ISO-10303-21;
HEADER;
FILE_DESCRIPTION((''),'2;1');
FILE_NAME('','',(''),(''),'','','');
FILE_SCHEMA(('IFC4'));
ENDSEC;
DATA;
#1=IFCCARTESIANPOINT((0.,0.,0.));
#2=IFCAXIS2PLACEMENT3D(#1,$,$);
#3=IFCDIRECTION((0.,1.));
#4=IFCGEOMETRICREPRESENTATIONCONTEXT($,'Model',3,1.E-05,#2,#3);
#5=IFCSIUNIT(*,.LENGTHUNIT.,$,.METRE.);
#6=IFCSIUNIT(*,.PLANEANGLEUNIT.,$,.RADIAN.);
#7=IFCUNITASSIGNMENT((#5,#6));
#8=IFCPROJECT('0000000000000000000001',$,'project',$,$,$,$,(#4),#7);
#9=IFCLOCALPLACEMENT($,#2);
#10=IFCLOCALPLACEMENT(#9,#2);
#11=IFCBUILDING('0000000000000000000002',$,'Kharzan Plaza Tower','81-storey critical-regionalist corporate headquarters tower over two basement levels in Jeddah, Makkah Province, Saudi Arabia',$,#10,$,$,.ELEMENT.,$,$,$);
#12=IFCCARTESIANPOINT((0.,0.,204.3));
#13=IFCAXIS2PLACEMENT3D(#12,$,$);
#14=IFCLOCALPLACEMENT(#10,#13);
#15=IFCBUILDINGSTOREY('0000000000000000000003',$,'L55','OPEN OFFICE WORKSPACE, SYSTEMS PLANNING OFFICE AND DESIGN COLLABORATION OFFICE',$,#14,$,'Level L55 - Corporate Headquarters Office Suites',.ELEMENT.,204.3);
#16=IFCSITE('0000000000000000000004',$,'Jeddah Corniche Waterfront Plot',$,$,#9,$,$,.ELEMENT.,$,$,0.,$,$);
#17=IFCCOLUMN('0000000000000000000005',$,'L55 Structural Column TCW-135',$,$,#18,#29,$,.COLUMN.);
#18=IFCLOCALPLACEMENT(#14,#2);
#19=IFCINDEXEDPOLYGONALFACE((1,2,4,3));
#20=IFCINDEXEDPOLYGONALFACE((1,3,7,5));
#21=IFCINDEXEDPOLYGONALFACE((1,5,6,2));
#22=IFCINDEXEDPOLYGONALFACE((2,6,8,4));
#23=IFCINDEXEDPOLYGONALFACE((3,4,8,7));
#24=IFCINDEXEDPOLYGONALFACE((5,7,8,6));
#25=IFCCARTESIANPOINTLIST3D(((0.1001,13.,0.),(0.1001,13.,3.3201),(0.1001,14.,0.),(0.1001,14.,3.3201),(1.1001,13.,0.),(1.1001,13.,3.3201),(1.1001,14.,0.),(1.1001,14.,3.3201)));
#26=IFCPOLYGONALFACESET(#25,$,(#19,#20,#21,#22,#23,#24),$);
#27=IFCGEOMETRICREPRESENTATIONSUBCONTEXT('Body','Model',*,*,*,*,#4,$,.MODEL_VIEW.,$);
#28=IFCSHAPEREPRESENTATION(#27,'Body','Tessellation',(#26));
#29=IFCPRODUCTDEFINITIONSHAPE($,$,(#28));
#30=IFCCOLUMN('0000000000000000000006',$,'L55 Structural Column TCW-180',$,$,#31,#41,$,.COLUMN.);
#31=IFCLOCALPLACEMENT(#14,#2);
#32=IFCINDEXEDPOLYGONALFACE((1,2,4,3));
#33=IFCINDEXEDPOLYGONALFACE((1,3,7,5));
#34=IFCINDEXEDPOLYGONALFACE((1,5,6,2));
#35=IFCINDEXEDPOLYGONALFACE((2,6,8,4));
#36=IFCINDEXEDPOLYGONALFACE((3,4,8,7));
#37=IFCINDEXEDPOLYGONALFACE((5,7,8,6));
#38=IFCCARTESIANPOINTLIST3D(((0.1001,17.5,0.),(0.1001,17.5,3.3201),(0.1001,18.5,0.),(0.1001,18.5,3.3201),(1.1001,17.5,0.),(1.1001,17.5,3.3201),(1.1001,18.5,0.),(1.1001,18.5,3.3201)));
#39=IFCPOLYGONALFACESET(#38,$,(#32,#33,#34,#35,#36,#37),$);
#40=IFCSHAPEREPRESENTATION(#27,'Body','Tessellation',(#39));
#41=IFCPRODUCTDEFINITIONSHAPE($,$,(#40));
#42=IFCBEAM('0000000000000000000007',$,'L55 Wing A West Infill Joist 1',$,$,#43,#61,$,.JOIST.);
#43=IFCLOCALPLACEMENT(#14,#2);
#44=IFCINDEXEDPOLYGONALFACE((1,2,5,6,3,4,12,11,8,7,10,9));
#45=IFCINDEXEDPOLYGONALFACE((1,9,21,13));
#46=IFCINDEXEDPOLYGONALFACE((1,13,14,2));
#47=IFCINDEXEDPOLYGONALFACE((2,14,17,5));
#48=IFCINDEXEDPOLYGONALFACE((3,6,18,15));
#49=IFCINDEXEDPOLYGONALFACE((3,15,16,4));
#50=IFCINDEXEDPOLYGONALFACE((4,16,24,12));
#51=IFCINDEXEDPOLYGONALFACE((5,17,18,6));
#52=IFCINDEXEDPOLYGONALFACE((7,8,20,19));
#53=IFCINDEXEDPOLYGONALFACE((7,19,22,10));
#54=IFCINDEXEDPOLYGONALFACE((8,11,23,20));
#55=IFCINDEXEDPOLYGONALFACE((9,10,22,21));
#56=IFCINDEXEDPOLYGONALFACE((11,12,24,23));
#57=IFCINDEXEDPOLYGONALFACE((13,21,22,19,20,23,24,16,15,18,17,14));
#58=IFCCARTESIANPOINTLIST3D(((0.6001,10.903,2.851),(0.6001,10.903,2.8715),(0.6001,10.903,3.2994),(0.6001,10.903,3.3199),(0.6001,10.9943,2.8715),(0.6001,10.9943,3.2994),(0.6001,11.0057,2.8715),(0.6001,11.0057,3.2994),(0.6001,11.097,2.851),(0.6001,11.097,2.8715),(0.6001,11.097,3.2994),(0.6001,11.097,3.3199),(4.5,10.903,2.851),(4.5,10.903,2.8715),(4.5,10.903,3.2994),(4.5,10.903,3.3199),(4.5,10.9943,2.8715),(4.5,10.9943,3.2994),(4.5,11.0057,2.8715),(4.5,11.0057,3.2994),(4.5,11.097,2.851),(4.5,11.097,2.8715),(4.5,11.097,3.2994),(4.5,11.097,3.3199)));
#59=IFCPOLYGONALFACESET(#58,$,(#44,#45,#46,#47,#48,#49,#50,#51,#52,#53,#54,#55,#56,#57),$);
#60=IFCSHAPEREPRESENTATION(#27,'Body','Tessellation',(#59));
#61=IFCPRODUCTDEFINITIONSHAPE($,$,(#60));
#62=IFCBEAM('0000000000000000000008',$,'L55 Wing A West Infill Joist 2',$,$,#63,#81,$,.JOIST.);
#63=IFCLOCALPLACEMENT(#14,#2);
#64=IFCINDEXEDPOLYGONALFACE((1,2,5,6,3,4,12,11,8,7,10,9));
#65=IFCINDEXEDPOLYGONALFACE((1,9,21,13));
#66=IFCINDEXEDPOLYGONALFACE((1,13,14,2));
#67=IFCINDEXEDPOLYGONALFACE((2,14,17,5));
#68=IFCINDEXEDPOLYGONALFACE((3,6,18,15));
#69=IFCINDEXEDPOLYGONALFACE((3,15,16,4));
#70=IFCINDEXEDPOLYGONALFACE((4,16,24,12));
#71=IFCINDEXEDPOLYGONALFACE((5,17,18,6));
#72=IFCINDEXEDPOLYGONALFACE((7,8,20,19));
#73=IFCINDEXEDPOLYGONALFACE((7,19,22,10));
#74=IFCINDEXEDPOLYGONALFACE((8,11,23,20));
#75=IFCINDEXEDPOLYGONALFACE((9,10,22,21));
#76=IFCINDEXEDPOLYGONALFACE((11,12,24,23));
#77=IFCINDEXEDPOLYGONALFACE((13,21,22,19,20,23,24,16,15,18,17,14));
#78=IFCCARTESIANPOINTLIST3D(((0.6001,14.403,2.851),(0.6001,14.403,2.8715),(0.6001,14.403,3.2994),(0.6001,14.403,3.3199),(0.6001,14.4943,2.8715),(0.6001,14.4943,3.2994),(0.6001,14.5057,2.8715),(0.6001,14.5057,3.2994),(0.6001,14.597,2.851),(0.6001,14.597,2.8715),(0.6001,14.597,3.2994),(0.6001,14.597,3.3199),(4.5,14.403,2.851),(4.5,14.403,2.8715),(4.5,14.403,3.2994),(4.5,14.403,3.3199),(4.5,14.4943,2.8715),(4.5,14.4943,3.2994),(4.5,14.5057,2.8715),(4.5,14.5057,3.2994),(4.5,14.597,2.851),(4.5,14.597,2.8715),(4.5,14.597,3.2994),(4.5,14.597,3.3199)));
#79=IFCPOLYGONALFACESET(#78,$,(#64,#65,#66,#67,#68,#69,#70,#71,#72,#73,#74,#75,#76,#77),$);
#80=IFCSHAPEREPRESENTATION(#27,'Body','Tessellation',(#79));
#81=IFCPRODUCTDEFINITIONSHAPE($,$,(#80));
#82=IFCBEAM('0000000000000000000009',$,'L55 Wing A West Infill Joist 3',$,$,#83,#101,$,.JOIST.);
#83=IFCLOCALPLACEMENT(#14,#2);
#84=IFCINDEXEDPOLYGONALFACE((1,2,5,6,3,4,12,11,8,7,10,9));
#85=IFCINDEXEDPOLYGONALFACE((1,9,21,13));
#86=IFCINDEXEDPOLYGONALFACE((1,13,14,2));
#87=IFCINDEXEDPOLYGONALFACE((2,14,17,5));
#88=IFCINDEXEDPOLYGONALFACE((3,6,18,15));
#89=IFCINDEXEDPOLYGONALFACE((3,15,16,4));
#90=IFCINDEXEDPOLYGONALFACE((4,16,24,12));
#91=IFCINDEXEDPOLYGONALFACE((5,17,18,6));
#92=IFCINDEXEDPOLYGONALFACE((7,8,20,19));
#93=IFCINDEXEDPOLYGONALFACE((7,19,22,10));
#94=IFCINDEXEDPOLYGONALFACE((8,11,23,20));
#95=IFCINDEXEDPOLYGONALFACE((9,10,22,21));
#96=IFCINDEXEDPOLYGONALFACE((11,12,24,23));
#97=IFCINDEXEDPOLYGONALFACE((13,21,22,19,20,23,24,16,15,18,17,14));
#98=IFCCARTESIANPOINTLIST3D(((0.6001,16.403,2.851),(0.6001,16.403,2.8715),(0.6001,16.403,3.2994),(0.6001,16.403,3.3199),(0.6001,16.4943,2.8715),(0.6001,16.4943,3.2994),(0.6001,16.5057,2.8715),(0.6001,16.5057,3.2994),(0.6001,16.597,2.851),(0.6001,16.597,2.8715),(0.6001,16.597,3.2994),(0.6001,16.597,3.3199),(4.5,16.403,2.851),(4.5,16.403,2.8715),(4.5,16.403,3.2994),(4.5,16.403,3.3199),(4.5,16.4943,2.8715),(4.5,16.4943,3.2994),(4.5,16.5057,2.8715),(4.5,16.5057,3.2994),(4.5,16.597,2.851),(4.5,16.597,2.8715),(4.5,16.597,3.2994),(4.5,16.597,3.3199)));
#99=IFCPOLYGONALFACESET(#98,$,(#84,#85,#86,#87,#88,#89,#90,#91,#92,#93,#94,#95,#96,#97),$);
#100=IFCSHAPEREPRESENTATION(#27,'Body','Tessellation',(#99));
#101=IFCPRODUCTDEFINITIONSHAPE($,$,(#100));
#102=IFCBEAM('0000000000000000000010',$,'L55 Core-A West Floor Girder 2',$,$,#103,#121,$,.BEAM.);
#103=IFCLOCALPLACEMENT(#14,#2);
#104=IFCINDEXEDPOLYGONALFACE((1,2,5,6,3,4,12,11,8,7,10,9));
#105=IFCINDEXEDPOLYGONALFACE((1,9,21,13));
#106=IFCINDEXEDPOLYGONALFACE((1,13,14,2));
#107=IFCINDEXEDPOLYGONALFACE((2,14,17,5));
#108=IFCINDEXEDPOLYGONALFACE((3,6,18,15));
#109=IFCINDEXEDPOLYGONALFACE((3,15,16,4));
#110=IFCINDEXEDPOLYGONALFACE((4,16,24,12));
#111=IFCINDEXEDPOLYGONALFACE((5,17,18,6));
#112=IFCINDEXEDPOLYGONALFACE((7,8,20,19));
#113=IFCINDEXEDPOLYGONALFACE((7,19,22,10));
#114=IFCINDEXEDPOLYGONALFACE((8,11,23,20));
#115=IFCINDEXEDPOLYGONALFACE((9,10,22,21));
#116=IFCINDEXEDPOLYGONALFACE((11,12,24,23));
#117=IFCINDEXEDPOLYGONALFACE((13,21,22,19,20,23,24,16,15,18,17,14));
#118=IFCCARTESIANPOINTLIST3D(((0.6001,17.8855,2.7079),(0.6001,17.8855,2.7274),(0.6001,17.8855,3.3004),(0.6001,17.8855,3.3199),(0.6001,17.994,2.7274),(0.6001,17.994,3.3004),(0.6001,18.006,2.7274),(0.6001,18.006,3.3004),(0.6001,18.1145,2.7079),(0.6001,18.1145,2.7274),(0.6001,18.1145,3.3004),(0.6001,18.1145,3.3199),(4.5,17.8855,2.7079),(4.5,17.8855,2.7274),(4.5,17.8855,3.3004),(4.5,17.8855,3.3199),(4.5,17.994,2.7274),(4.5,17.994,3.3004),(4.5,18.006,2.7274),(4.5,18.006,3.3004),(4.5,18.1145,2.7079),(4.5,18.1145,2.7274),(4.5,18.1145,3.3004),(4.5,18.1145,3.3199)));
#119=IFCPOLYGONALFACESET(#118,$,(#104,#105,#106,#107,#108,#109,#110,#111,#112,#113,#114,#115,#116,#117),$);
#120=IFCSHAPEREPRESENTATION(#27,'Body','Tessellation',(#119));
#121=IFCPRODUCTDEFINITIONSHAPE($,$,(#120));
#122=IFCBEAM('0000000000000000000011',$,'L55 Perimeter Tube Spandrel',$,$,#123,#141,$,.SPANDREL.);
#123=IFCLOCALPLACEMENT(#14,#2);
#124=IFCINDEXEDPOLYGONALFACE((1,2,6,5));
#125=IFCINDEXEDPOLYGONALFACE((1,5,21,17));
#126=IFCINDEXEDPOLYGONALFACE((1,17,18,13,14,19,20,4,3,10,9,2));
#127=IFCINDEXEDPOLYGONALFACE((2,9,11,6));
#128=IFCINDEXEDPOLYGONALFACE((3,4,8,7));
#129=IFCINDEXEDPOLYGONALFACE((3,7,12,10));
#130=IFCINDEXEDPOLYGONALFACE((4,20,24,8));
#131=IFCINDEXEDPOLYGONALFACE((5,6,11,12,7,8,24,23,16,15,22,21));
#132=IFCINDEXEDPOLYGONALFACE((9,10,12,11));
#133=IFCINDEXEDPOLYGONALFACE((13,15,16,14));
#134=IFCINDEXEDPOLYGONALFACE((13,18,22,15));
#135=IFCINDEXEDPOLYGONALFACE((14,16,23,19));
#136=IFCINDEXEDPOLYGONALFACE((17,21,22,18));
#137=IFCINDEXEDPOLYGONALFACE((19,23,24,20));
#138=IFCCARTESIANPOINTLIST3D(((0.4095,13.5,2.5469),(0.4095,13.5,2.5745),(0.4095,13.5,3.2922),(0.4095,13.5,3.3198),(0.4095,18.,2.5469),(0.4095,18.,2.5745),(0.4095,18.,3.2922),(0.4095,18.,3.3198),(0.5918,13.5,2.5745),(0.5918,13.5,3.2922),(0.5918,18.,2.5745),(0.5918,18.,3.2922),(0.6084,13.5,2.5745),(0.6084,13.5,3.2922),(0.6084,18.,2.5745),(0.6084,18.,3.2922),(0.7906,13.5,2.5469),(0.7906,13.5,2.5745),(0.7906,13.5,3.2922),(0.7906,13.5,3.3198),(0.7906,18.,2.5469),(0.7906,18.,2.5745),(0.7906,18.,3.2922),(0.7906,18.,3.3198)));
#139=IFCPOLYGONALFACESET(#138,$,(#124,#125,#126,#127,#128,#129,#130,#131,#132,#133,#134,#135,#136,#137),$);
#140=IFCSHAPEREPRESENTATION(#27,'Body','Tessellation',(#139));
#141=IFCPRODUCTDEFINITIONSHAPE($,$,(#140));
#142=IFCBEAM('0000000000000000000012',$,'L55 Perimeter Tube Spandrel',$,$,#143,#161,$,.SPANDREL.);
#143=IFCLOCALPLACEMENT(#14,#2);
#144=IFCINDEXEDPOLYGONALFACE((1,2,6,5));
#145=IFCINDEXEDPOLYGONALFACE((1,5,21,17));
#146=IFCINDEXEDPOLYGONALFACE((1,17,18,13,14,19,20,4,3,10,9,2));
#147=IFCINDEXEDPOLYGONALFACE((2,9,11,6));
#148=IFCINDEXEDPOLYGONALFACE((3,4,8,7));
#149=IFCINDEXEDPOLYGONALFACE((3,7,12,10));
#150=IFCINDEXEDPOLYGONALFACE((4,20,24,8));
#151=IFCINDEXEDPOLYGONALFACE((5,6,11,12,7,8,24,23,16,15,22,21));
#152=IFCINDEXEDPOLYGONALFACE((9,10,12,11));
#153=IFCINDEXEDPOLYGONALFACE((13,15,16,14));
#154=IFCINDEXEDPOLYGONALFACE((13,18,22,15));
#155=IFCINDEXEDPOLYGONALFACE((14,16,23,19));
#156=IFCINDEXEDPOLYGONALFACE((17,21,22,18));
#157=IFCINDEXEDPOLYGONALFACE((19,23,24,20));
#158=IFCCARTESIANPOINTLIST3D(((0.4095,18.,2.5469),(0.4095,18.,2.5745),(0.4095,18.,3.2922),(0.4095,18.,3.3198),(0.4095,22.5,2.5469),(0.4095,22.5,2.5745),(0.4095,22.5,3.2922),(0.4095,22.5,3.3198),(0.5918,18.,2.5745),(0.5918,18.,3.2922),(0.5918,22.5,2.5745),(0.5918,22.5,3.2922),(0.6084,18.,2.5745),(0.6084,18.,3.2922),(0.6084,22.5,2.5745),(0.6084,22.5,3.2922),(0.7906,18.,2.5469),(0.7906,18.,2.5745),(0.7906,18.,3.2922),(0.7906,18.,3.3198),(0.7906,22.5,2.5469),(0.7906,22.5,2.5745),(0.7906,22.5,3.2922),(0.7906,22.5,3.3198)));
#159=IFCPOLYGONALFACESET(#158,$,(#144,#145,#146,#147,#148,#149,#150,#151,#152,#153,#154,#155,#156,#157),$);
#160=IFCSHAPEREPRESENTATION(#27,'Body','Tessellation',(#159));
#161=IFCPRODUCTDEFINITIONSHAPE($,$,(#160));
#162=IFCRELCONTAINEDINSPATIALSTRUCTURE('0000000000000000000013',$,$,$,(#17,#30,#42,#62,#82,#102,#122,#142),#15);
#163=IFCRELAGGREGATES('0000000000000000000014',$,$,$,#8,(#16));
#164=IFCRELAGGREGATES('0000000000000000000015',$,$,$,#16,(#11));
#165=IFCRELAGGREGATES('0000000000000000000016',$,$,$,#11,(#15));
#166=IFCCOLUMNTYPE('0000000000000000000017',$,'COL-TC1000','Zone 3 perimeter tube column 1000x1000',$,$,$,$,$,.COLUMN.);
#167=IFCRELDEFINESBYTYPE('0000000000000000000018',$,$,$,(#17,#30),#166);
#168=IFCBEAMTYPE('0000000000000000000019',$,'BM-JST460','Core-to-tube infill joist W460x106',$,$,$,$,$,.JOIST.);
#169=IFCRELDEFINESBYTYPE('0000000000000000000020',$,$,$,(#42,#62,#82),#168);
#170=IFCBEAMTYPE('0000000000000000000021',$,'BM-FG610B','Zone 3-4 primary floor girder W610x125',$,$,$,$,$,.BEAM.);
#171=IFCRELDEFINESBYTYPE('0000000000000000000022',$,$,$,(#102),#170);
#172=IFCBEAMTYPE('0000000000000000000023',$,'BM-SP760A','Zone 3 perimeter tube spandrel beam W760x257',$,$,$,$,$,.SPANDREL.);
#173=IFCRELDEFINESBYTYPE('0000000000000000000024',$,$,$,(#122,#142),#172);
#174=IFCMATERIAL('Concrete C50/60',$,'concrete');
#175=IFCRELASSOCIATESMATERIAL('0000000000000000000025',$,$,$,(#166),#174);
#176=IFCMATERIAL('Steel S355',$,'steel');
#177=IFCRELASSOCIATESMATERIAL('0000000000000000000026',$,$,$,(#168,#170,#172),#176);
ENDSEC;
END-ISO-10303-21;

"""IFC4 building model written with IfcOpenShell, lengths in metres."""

from ifc_helpers import new_model, si_unit, direction, frame, origin, origin_2d, place, context, subcontext, project, spatial, rectangle, i_section, extrude, source, transform, mapped, material, material_profile, profile_set, type_object, element, save


model = new_model("IFC4")

# Units and contexts
model_context = context("Model", 3, precision=1e-05, world=origin(), true_north=direction((0.0, 1.0)))
body_context = subcontext(model_context, "Body", "Model", "MODEL_VIEW")
ifc_project = project(units=[si_unit("LENGTHUNIT", "METRE"), si_unit("PLANEANGLEUNIT", "RADIAN")], contexts=[model_context])

# Site, building, storey
site_placement = place(None, origin())
site = spatial("IfcSite", under=ifc_project, at=site_placement, Name="Jeddah Corniche Waterfront Plot", CompositionType="ELEMENT", RefElevation=0.0)
building_placement = place(site_placement, origin())
building = spatial("IfcBuilding", under=site, at=building_placement, Name="Kharzan Plaza Tower", Description="81-storey critical-regionalist corporate headquarters tower over two basement levels in Jeddah, Makkah Province, Saudi Arabia", CompositionType="ELEMENT")
storey_placement = place(building_placement, frame((0.0, 0.0, 204.3)))
storey = spatial("IfcBuildingStorey", under=building, at=storey_placement, Name="L55", Description="OPEN OFFICE WORKSPACE, SYSTEMS PLANNING OFFICE AND DESIGN COLLABORATION OFFICE", LongName="Level L55 - Corporate Headquarters Office Suites", CompositionType="ELEMENT", Elevation=204.3)

# Columns
ifc_material_1 = material(Name="Concrete C50/60", Category="concrete")
ifc_material_profile_1 = material_profile(ifc_material_1, rectangle(XDim=1.0, YDim=1.0, at=origin_2d()), Name="RC-TC1000x1000")
ifc_profile_set_1 = profile_set([ifc_material_profile_1], Name="Concrete C50/60")
column_type = type_object("IfcColumnType", Name="COL-TC1000", Description="Zone 3 perimeter tube column 1000x1000", PredefinedType="COLUMN", material=ifc_profile_set_1)
shared_shape_1 = source(origin(), body_context, "Body", "SweptSolid", [
    extrude(rectangle(XDim=1.0, YDim=1.0, at=origin_2d()), origin(), (0.0, 0.0, 1.0), 3.3201),
])
for number, where, z_axis, x_axis, name in (
    (1, (0.6001, 13.5, 0.0), (0.0, 0.0, 1.0), (1.0, 0.0, 0.0), "L55 Structural Column TCW-135"),
    (2, (0.6001, 18.0, 0.0), (0.0, 0.0, 1.0), (1.0, 0.0, 0.0), "L55 Structural Column TCW-180"),
):
    element("IfcColumn", number, at=place(storey_placement, frame(where, z_axis=z_axis, x_axis=x_axis)), inside=storey, type_object=column_type, Name=name, PredefinedType="COLUMN", context=body_context, shape_type="MappedRepresentation", body=[
        mapped(shared_shape_1, transform((0.0, 0.0, 0.0), x_axis=(1.0, 0.0, 0.0), y_axis=(0.0, 1.0, 0.0), z_axis=(0.0, 0.0, 1.0))),
    ])

# Beams
ifc_material_2 = material(Name="Steel S355", Category="steel")
ifc_material_profile_2 = material_profile(ifc_material_2, i_section(OverallWidth=0.1941, OverallDepth=0.469, WebThickness=0.0115, FlangeThickness=0.0205, at=origin_2d()), Name="W460x106")
ifc_profile_set_2 = profile_set([ifc_material_profile_2], Name="Steel S355")
beam_type_1 = type_object("IfcBeamType", Name="BM-JST460", Description="Core-to-tube infill joist W460x106", PredefinedType="JOIST", material=ifc_profile_set_2)
shared_shape_2 = source(origin(), body_context, "Body", "SweptSolid", [
    extrude(i_section(OverallWidth=0.1941, OverallDepth=0.469, WebThickness=0.0115, FlangeThickness=0.0205, at=origin_2d()), origin(), (0.0, 0.0, 1.0), 3.8999),
])
for number, where, z_axis, x_axis, name in (
    (3, (0.6001, 11.0, 3.0854), (1.0, 0.0, 0.0), (0.0, 1.0, 0.0), "L55 Wing A West Infill Joist 1"),
    (4, (0.6001, 14.5, 3.0854), (1.0, 0.0, 0.0), (0.0, 1.0, 0.0), "L55 Wing A West Infill Joist 2"),
    (5, (0.6001, 16.5, 3.0854), (1.0, 0.0, 0.0), (0.0, 1.0, 0.0), "L55 Wing A West Infill Joist 3"),
):
    element("IfcBeam", number, at=place(storey_placement, frame(where, z_axis=z_axis, x_axis=x_axis)), inside=storey, type_object=beam_type_1, Name=name, PredefinedType="JOIST", context=body_context, shape_type="MappedRepresentation", body=[
        mapped(shared_shape_2, transform((0.0, 0.0, 0.0), x_axis=(1.0, 0.0, 0.0), y_axis=(0.0, 1.0, 0.0), z_axis=(0.0, 0.0, 1.0))),
    ])
ifc_material_profile_3 = material_profile(ifc_material_2, i_section(OverallWidth=0.229, OverallDepth=0.6121, WebThickness=0.012, FlangeThickness=0.0195, at=origin_2d()), Name="W610x125")
ifc_profile_set_3 = profile_set([ifc_material_profile_3], Name="Steel S355")
beam_type_2 = type_object("IfcBeamType", Name="BM-FG610B", Description="Zone 3-4 primary floor girder W610x125", PredefinedType="BEAM", material=ifc_profile_set_3)
shared_shape_3 = source(origin(), body_context, "Body", "SweptSolid", [
    extrude(i_section(OverallWidth=0.229, OverallDepth=0.6121, WebThickness=0.012, FlangeThickness=0.0195, at=origin_2d()), origin(), (0.0, 0.0, 1.0), 3.8999),
])
beam_placement = place(storey_placement, frame((0.6001, 18.0, 3.0139), z_axis=(1.0, 0.0, 0.0), x_axis=(0.0, 1.0, 0.0)))
element("IfcBeam", 6, at=beam_placement, inside=storey, type_object=beam_type_2, Name="L55 Core-A West Floor Girder 2", PredefinedType="BEAM", context=body_context, shape_type="MappedRepresentation", body=[
    mapped(shared_shape_3, transform((0.0, 0.0, 0.0), x_axis=(1.0, 0.0, 0.0), y_axis=(0.0, 1.0, 0.0), z_axis=(0.0, 0.0, 1.0))),
])
ifc_material_profile_4 = material_profile(ifc_material_2, i_section(OverallWidth=0.3811, OverallDepth=0.7729, WebThickness=0.0166, FlangeThickness=0.0276, at=origin_2d()), Name="W760x257")
ifc_profile_set_4 = profile_set([ifc_material_profile_4], Name="Steel S355")
beam_type_3 = type_object("IfcBeamType", Name="BM-SP760A", Description="Zone 3 perimeter tube spandrel beam W760x257", PredefinedType="SPANDREL", material=ifc_profile_set_4)
shared_shape_4 = source(origin(), body_context, "Body", "SweptSolid", [
    extrude(i_section(OverallWidth=0.3811, OverallDepth=0.7729, WebThickness=0.0166, FlangeThickness=0.0276, at=origin_2d()), origin(), (0.0, 0.0, 1.0), 4.5),
])
for number, where, z_axis, x_axis, name in (
    (7, (0.6001, 13.5, 2.9333), (0.0, 1.0, 0.0), (-1.0, 0.0, 0.0), "L55 Perimeter Tube Spandrel"),
    (8, (0.6001, 18.0, 2.9333), (0.0, 1.0, 0.0), (-1.0, 0.0, 0.0), "L55 Perimeter Tube Spandrel"),
):
    element("IfcBeam", number, at=place(storey_placement, frame(where, z_axis=z_axis, x_axis=x_axis)), inside=storey, type_object=beam_type_3, Name=name, PredefinedType="SPANDREL", context=body_context, shape_type="MappedRepresentation", body=[
        mapped(shared_shape_4, transform((0.0, 0.0, 0.0), x_axis=(1.0, 0.0, 0.0), y_axis=(0.0, 1.0, 0.0), z_axis=(0.0, 0.0, 1.0))),
    ])

save(model, "model.ifc")
